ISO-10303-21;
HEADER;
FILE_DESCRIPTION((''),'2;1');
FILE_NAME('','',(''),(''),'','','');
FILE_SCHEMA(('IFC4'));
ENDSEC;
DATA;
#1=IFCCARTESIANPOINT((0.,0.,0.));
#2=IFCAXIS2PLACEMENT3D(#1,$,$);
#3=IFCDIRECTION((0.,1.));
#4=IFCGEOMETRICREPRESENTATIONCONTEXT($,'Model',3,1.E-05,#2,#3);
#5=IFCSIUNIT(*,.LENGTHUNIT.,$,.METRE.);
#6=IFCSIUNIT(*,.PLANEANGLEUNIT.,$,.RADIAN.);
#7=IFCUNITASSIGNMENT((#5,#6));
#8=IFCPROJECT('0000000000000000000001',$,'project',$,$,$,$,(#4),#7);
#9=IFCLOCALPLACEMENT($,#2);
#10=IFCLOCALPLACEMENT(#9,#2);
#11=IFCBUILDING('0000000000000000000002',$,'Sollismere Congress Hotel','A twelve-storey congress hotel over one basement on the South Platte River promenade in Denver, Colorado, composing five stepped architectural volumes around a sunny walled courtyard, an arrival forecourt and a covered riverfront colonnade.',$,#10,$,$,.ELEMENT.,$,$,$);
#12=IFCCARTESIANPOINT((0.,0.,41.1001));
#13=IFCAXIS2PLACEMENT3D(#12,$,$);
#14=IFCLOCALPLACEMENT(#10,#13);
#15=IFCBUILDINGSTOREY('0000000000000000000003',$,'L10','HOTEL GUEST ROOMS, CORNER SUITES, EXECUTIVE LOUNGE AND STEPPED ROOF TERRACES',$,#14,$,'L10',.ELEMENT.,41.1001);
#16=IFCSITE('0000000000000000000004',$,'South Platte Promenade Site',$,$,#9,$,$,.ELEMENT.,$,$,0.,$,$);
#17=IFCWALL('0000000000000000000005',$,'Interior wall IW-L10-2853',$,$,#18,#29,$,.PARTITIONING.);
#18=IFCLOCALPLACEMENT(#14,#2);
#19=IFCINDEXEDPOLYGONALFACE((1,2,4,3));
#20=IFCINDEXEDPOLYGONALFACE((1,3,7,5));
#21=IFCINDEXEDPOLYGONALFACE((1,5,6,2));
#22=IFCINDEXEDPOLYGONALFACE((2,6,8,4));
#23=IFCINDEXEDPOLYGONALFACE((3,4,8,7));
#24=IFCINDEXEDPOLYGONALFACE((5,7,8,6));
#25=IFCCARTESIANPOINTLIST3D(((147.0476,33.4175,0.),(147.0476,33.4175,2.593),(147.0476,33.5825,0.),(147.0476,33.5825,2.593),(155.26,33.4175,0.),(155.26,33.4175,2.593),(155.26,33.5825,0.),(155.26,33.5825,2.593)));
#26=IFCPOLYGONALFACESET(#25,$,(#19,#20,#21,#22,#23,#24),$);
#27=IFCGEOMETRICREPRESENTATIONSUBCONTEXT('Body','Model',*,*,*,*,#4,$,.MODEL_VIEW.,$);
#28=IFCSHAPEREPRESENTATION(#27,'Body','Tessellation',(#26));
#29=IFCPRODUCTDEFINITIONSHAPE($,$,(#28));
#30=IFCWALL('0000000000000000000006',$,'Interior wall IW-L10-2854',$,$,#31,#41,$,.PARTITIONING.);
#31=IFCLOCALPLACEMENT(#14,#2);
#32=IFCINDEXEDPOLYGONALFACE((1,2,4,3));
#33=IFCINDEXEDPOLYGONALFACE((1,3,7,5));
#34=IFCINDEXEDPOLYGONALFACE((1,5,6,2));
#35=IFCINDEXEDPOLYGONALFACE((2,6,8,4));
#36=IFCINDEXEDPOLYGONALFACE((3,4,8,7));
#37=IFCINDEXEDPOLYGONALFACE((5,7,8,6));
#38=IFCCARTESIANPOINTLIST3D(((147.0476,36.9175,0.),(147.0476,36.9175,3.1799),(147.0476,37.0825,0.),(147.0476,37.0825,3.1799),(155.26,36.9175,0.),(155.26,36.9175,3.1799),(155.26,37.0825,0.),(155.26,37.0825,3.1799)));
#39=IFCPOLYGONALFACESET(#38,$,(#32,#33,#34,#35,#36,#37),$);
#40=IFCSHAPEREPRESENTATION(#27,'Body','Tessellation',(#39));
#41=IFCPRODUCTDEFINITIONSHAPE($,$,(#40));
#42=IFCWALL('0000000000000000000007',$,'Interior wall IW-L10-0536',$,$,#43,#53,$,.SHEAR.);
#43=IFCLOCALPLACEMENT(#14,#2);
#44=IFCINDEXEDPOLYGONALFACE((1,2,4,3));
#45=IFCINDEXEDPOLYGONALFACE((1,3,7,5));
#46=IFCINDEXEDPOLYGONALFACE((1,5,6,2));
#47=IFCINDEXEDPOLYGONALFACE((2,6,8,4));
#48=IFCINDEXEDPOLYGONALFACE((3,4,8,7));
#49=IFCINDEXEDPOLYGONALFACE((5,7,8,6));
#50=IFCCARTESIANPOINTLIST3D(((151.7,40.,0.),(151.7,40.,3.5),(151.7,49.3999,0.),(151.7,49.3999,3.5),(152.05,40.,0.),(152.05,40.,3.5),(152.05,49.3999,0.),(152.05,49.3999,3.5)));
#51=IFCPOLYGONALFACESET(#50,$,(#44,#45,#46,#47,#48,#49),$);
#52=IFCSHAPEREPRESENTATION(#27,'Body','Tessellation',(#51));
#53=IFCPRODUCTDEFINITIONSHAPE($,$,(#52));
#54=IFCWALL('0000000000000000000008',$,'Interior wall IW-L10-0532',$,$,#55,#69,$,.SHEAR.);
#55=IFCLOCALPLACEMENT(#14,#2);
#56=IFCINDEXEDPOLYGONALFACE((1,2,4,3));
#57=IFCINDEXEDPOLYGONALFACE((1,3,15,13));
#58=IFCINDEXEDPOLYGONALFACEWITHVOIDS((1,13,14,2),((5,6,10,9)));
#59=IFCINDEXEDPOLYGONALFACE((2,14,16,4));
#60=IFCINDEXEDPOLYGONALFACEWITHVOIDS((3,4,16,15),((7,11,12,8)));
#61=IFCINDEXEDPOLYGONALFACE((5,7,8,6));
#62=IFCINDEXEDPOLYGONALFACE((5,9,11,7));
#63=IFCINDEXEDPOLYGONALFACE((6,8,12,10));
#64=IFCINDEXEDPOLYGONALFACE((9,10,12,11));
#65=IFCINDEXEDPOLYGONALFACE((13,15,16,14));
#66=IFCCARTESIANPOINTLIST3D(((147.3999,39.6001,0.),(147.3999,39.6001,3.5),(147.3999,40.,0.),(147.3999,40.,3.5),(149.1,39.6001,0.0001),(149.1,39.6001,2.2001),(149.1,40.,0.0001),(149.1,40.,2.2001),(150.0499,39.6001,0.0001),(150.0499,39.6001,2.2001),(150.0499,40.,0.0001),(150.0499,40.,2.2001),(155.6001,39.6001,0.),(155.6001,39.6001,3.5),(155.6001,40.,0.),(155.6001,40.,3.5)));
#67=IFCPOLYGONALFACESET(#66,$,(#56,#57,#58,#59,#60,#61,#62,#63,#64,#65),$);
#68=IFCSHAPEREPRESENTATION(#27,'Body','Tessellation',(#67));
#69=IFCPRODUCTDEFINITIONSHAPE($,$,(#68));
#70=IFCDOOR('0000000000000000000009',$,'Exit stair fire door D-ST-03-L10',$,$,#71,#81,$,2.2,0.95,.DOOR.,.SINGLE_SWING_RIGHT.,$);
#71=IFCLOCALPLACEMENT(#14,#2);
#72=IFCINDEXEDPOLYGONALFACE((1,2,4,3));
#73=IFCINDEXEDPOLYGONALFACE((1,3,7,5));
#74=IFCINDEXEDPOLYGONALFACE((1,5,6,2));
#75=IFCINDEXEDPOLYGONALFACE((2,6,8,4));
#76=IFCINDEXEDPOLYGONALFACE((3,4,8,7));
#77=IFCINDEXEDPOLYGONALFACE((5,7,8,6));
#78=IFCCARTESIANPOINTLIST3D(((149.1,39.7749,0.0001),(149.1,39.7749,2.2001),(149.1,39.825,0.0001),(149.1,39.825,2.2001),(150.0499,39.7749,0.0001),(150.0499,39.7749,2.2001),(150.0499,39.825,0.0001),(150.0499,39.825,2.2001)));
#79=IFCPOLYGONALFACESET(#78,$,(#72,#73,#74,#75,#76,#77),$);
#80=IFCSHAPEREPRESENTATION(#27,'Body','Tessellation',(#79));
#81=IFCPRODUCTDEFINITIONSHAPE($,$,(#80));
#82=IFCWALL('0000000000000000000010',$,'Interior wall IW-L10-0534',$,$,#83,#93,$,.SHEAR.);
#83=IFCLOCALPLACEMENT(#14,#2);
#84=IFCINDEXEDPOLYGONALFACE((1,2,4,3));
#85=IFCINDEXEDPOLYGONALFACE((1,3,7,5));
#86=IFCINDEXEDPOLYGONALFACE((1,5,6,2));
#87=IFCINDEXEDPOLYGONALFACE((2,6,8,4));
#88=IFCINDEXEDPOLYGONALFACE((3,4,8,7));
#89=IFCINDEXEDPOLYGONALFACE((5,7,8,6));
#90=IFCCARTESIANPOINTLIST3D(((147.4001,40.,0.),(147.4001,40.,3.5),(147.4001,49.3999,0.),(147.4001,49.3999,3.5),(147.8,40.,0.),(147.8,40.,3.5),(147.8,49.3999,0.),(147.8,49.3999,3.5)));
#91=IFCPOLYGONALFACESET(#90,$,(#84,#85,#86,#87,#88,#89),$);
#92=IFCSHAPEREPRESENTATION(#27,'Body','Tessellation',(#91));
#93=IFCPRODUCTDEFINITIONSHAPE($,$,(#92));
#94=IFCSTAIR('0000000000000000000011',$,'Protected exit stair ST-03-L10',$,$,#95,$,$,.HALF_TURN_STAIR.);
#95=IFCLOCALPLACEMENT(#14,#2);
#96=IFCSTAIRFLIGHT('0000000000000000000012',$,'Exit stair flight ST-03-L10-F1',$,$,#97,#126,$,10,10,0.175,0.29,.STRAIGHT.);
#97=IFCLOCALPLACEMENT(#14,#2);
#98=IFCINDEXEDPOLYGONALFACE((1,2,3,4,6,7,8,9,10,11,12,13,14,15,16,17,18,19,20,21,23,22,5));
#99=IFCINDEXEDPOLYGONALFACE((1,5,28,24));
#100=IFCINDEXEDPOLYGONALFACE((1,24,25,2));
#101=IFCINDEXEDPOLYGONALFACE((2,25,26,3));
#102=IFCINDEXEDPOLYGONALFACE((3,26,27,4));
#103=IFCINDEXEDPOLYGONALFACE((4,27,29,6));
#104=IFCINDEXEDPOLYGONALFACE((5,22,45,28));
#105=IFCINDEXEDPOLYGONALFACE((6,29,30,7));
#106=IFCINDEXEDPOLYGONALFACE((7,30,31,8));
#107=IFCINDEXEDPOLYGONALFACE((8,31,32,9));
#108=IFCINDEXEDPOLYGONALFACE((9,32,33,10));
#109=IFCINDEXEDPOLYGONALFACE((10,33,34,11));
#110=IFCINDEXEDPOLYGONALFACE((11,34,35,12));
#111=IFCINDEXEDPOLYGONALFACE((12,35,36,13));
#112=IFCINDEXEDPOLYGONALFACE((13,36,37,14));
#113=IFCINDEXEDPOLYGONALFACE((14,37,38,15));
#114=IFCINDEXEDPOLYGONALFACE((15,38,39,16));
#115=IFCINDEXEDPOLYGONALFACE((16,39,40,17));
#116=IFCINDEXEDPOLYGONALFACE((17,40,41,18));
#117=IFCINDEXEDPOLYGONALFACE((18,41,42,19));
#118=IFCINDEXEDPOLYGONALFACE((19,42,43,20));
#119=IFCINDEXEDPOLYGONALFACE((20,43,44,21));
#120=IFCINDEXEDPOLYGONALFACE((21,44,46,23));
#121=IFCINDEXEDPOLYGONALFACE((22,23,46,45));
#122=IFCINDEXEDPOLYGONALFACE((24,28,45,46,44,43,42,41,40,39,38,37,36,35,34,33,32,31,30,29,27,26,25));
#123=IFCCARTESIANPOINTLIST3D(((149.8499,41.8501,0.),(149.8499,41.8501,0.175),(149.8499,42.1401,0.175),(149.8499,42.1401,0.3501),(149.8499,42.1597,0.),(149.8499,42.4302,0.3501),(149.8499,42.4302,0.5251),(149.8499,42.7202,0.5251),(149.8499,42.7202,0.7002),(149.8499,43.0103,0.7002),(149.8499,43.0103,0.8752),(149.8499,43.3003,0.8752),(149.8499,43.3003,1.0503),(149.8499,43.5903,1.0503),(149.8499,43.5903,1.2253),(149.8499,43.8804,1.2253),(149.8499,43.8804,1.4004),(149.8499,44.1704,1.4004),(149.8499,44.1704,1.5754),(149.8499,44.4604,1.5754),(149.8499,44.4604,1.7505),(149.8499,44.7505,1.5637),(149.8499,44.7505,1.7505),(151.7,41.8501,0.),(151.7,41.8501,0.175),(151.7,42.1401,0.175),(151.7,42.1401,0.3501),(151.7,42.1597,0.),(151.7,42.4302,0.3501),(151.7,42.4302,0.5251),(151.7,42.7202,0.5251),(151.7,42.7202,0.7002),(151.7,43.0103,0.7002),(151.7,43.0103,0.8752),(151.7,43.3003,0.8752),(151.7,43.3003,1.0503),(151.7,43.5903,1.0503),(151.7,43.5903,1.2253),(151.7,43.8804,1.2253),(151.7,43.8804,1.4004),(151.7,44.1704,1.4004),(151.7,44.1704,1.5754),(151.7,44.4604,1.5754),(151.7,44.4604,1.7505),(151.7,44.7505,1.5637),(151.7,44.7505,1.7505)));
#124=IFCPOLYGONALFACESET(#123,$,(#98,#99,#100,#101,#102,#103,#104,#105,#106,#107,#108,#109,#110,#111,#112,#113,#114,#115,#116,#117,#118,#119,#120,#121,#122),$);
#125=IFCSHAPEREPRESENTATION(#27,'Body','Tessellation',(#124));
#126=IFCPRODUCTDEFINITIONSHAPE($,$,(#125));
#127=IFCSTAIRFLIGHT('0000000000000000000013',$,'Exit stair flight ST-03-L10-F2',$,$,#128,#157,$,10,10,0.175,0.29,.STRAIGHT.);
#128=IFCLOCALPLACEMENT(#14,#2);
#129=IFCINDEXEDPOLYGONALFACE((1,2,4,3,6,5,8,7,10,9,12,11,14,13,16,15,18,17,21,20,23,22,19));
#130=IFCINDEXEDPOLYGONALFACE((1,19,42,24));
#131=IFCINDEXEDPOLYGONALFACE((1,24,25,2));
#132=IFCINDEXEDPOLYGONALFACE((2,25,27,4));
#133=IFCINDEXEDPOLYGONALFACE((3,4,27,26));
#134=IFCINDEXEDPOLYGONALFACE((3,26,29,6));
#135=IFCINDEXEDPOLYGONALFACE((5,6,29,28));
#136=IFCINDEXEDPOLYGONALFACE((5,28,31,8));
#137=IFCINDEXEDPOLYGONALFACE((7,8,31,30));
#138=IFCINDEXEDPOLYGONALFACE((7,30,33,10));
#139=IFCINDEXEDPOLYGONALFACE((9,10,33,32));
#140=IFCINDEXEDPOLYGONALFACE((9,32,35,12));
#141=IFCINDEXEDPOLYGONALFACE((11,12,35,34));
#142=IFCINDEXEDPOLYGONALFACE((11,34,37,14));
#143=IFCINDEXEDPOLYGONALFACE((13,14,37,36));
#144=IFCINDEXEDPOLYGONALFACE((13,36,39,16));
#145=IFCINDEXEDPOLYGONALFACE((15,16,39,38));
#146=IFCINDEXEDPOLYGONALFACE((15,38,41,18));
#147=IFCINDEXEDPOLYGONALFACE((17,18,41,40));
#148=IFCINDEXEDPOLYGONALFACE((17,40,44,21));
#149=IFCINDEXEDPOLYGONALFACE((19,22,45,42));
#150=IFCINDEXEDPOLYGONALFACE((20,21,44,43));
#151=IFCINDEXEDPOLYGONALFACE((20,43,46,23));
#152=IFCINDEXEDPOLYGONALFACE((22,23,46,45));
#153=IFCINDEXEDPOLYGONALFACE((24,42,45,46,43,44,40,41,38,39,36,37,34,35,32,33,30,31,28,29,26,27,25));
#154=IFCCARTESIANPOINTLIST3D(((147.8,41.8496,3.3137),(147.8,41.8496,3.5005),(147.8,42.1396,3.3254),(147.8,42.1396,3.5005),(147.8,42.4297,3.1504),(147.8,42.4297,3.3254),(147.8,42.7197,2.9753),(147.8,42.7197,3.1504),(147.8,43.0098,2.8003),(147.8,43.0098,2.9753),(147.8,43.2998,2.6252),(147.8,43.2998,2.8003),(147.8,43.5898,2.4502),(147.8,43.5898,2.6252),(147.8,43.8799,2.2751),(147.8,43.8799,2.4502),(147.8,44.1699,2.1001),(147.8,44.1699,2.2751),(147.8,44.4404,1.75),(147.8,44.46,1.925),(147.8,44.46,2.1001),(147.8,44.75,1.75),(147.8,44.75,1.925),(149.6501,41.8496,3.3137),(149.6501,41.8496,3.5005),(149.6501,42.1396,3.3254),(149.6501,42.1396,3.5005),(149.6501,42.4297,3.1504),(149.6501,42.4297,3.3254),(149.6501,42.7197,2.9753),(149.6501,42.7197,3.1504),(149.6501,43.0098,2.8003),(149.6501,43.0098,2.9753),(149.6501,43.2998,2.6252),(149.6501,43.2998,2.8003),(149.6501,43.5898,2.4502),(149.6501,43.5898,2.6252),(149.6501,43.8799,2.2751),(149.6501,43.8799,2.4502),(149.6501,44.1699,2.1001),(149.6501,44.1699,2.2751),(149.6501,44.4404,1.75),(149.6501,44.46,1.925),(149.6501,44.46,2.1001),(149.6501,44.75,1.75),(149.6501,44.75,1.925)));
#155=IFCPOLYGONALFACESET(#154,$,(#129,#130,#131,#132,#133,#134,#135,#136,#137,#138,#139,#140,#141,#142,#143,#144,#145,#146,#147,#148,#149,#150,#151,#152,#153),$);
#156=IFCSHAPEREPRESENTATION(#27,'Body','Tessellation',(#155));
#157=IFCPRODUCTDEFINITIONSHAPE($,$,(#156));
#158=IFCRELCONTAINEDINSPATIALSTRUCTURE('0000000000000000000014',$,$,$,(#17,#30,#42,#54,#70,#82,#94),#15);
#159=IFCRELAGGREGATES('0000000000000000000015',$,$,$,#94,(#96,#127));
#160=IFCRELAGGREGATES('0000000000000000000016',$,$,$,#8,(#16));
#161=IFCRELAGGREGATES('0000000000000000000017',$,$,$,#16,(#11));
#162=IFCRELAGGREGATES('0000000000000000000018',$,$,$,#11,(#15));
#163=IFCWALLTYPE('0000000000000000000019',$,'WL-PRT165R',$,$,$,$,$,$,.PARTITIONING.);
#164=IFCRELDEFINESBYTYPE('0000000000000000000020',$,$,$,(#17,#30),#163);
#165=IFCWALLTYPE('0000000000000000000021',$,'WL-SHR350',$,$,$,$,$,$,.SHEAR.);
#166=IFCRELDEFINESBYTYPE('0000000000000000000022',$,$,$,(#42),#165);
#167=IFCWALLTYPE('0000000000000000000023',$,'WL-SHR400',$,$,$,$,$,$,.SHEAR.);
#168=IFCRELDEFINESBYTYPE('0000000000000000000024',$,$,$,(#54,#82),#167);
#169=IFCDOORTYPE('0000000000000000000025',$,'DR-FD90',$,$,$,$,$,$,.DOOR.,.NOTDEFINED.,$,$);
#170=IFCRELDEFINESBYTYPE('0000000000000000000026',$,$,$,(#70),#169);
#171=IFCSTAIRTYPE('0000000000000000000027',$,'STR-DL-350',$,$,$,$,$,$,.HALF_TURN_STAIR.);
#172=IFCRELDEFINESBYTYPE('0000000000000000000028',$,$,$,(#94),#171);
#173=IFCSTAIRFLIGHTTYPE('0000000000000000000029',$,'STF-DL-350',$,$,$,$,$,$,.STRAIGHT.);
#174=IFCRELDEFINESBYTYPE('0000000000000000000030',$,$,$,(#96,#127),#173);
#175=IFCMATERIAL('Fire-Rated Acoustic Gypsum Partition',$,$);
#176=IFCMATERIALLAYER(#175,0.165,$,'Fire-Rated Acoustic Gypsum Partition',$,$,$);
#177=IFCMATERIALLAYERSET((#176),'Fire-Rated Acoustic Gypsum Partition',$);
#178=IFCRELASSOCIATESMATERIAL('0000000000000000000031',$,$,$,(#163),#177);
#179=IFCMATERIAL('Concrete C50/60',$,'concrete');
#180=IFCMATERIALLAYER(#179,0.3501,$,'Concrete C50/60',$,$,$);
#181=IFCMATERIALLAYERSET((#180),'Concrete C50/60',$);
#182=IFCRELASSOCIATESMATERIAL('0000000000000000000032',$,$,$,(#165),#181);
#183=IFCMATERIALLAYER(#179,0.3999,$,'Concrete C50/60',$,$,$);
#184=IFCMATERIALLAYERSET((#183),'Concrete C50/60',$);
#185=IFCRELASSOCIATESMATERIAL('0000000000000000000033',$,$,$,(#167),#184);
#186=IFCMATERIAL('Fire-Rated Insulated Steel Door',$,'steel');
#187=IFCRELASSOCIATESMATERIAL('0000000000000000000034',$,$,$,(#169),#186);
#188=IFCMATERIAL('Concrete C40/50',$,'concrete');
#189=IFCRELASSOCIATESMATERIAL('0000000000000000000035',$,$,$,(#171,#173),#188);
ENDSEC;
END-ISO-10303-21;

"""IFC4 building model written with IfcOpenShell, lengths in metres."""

from ifc_helpers import new_model, si_unit, direction, frame, frame_2d, origin, place, context, subcontext, project, spatial, polyline, rectangle, outline, extrude, material, layer, layer_set, type_object, element, fill, aggregate, save


model = new_model("IFC4")

# Units and contexts
model_context = context("Model", 3, precision=1e-05, world=origin(), true_north=direction((0.0, 1.0)))
body_context = subcontext(model_context, "Body", "Model", "MODEL_VIEW")
ifc_project = project(units=[si_unit("LENGTHUNIT", "METRE"), si_unit("PLANEANGLEUNIT", "RADIAN")], contexts=[model_context])

# Site, building, storey
site_placement = place(None, origin())
site = spatial("IfcSite", under=ifc_project, at=site_placement, Name="South Platte Promenade Site", CompositionType="ELEMENT", RefElevation=0.0)
building_placement = place(site_placement, origin())
building = spatial("IfcBuilding", under=site, at=building_placement, Name="Sollismere Congress Hotel", Description="A twelve-storey congress hotel over one basement on the South Platte River promenade in Denver, Colorado, composing five stepped architectural volumes around a sunny walled courtyard, an arrival forecourt and a covered riverfront colonnade.", CompositionType="ELEMENT")
storey_placement = place(building_placement, frame((0.0, 0.0, 41.1001)))
storey = spatial("IfcBuildingStorey", under=building, at=storey_placement, Name="L10", Description="HOTEL GUEST ROOMS, CORNER SUITES, EXECUTIVE LOUNGE AND STEPPED ROOF TERRACES", LongName="L10", CompositionType="ELEMENT", Elevation=41.1001)

# Walls
ifc_material_1 = material(Name="Fire-Rated Acoustic Gypsum Partition")
ifc_layer_1 = layer(ifc_material_1, 0.165, Name="Fire-Rated Acoustic Gypsum Partition")
ifc_layer_set_1 = layer_set([ifc_layer_1], Name="Fire-Rated Acoustic Gypsum Partition")
wall_type_1 = type_object("IfcWallType", Name="WL-PRT165R", PredefinedType="PARTITIONING", material=ifc_layer_set_1)
wall_1_placement = place(storey_placement, frame((147.0476, 33.5, 0.0), z_axis=(0.0, 0.0, 1.0), x_axis=(1.0, 0.0, 0.0)))
element("IfcWall", 1, at=wall_1_placement, inside=storey, type_object=wall_type_1, Name="Interior wall IW-L10-2853", PredefinedType="PARTITIONING", context=body_context, shape_type="SweptSolid", body=[
    extrude(rectangle(XDim=8.2124, YDim=0.165, at=frame_2d((4.1062, 0.0))), origin(), (0.0, 0.0, 1.0), 2.593),
])
wall_2_placement = place(storey_placement, frame((147.0476, 37.0, 0.0), z_axis=(0.0, 0.0, 1.0), x_axis=(1.0, 0.0, 0.0)))
element("IfcWall", 2, at=wall_2_placement, inside=storey, type_object=wall_type_1, Name="Interior wall IW-L10-2854", PredefinedType="PARTITIONING", context=body_context, shape_type="SweptSolid", body=[
    extrude(rectangle(XDim=8.2124, YDim=0.165, at=frame_2d((4.1062, 0.0))), origin(), (0.0, 0.0, 1.0), 3.1799),
])
ifc_material_2 = material(Name="Concrete C50/60", Category="concrete")
ifc_layer_2 = layer(ifc_material_2, 0.3501, Name="Concrete C50/60")
ifc_layer_set_2 = layer_set([ifc_layer_2], Name="Concrete C50/60")
wall_type_2 = type_object("IfcWallType", Name="WL-SHR350", PredefinedType="SHEAR", material=ifc_layer_set_2)
wall_3_placement = place(storey_placement, frame((151.875, 40.0, 0.0), z_axis=(0.0, 0.0, 1.0), x_axis=(0.0, 1.0, 0.0)))
element("IfcWall", 3, at=wall_3_placement, inside=storey, type_object=wall_type_2, Name="Interior wall IW-L10-0536", PredefinedType="SHEAR", context=body_context, shape_type="SweptSolid", body=[
    extrude(rectangle(XDim=9.3999, YDim=0.3501, at=frame_2d((4.7, 0.0))), origin(), (0.0, 0.0, 1.0), 3.5),
])

# Wall, opening, door
ifc_layer_3 = layer(ifc_material_2, 0.3999, Name="Concrete C50/60")
ifc_layer_set_3 = layer_set([ifc_layer_3], Name="Concrete C50/60")
wall_type_3 = type_object("IfcWallType", Name="WL-SHR400", PredefinedType="SHEAR", material=ifc_layer_set_3)
wall_4_placement = place(storey_placement, frame((147.3999, 39.8, 0.0), z_axis=(0.0, 0.0, 1.0), x_axis=(1.0, 0.0, 0.0)))
wall_4 = element("IfcWall", 4, at=wall_4_placement, inside=storey, type_object=wall_type_3, Name="Interior wall IW-L10-0532", PredefinedType="SHEAR", context=body_context, shape_type="SweptSolid", body=[
    extrude(rectangle(XDim=8.2002, YDim=0.3999, at=frame_2d((4.1001, 0.0))), origin(), (0.0, 0.0, 1.0), 3.5),
])
opening_1_placement = place(wall_4_placement, frame((1.7, 0.0, 0.0)))
opening_1 = element("IfcOpeningElement", 5, at=opening_1_placement, cuts=wall_4, PredefinedType="OPENING", context=body_context, shape_type="SweptSolid", body=[
    extrude(rectangle(XDim=0.95, YDim=2.2, at=frame_2d((0.4751, 1.1001))), frame((0.0, 0.21, 0.0), z_axis=(0.0, -1.0, 0.0), x_axis=(1.0, 0.0, 0.0)), (0.0, 0.0, 1.0), 0.4199),
])
ifc_material_3 = material(Name="Fire-Rated Insulated Steel Door", Category="steel")
door_type_1 = type_object("IfcDoorType", Name="DR-FD90", OperationType="NOTDEFINED", PredefinedType="DOOR", material=ifc_material_3)
door_1_placement = place(opening_1_placement, origin())
door_1 = element("IfcDoor", 6, at=door_1_placement, inside=storey, type_object=door_type_1, Name="Exit stair fire door D-ST-03-L10", OperationType="SINGLE_SWING_RIGHT", OverallHeight=2.2, OverallWidth=0.95, PredefinedType="DOOR", context=body_context, shape_type="SweptSolid", body=[
    extrude(rectangle(XDim=0.95, YDim=2.2, at=frame_2d((0.4751, 1.1001))), frame((0.0, 0.0249, 0.0), z_axis=(0.0, -1.0, 0.0), x_axis=(1.0, 0.0, 0.0)), (0.0, 0.0, 1.0), 0.05),
])
fill(opening_1, door_1)

# Wall
wall_5_placement = place(storey_placement, frame((147.6001, 49.3999, 0.0), z_axis=(0.0, 0.0, 1.0), x_axis=(0.0, -1.0, 0.0)))
element("IfcWall", 7, at=wall_5_placement, inside=storey, type_object=wall_type_3, Name="Interior wall IW-L10-0534", PredefinedType="SHEAR", context=body_context, shape_type="SweptSolid", body=[
    extrude(rectangle(XDim=9.3999, YDim=0.3999, at=frame_2d((4.7, 0.0))), origin(), (0.0, 0.0, 1.0), 3.5),
])

# Stair, stair flights
ifc_material_4 = material(Name="Concrete C40/50", Category="concrete")
stair_type = type_object("IfcStairType", Name="STR-DL-350", PredefinedType="HALF_TURN_STAIR", material=ifc_material_4)
stair_placement = place(storey_placement, origin())
stair = element("IfcStair", 8, at=stair_placement, inside=storey, type_object=stair_type, Name="Protected exit stair ST-03-L10", PredefinedType="HALF_TURN_STAIR")
stair_flight_type = type_object("IfcStairFlightType", Name="STF-DL-350", PredefinedType="STRAIGHT", material=ifc_material_4)
stair_flight_1_placement = place(storey_placement, frame((150.7749, 41.8501, 0.0), z_axis=(0.0, 0.0, 1.0), x_axis=(0.0, 1.0, 0.0)))
stair_flight_1 = element("IfcStairFlight", 9, at=stair_flight_1_placement, type_object=stair_flight_type, Name="Exit stair flight ST-03-L10-F1", NumberOfRisers=10, NumberOfTreads=10, PredefinedType="STRAIGHT", RiserHeight=0.175, TreadLength=0.29, context=body_context, shape_type="SweptSolid", body=[
    extrude(outline(polyline([(0.0, 0.0), (0.0, 0.175), (0.29, 0.175), (0.29, 0.3501), (0.5801, 0.3501), (0.5801, 0.5251), (0.8701, 0.5251), (0.8701, 0.7002), (1.1602, 0.7002), (1.1602, 0.8752), (1.4502, 0.8752), (1.4502, 1.0503), (1.7402, 1.0503), (1.7402, 1.2253), (2.0303, 1.2253), (2.0303, 1.4004), (2.3203, 1.4004), (2.3203, 1.5754), (2.6104, 1.5754), (2.6104, 1.7505), (2.9004, 1.7505), (2.9004, 1.5637), (0.3096, 0.0), (0.0, 0.0)])), frame((0.0, 0.925, 0.0), z_axis=(0.0, -1.0, 0.0), x_axis=(1.0, 0.0, 0.0)), (0.0, 0.0, 1.0), 1.8501),
])
stair_flight_2_placement = place(storey_placement, frame((148.7251, 44.75, 1.75), z_axis=(0.0, 0.0, 1.0), x_axis=(0.0, -1.0, 0.0)))
stair_flight_2 = element("IfcStairFlight", 10, at=stair_flight_2_placement, type_object=stair_flight_type, Name="Exit stair flight ST-03-L10-F2", NumberOfRisers=10, NumberOfTreads=10, PredefinedType="STRAIGHT", RiserHeight=0.175, TreadLength=0.29, context=body_context, shape_type="SweptSolid", body=[
    extrude(outline(polyline([(0.0, 0.0), (0.0, 0.175), (0.29, 0.175), (0.29, 0.3501), (0.5801, 0.3501), (0.5801, 0.5251), (0.8701, 0.5251), (0.8701, 0.7002), (1.1602, 0.7002), (1.1602, 0.8752), (1.4502, 0.8752), (1.4502, 1.0503), (1.7402, 1.0503), (1.7402, 1.2253), (2.0303, 1.2253), (2.0303, 1.4004), (2.3203, 1.4004), (2.3203, 1.5754), (2.6104, 1.5754), (2.6104, 1.7505), (2.9004, 1.7505), (2.9004, 1.5637), (0.3096, 0.0), (0.0, 0.0)])), frame((0.0, 0.925, 0.0), z_axis=(0.0, -1.0, 0.0), x_axis=(1.0, 0.0, 0.0)), (0.0, 0.0, 1.0), 1.8501),
])
aggregate(stair, [stair_flight_1, stair_flight_2])

save(model, "model.ifc")
